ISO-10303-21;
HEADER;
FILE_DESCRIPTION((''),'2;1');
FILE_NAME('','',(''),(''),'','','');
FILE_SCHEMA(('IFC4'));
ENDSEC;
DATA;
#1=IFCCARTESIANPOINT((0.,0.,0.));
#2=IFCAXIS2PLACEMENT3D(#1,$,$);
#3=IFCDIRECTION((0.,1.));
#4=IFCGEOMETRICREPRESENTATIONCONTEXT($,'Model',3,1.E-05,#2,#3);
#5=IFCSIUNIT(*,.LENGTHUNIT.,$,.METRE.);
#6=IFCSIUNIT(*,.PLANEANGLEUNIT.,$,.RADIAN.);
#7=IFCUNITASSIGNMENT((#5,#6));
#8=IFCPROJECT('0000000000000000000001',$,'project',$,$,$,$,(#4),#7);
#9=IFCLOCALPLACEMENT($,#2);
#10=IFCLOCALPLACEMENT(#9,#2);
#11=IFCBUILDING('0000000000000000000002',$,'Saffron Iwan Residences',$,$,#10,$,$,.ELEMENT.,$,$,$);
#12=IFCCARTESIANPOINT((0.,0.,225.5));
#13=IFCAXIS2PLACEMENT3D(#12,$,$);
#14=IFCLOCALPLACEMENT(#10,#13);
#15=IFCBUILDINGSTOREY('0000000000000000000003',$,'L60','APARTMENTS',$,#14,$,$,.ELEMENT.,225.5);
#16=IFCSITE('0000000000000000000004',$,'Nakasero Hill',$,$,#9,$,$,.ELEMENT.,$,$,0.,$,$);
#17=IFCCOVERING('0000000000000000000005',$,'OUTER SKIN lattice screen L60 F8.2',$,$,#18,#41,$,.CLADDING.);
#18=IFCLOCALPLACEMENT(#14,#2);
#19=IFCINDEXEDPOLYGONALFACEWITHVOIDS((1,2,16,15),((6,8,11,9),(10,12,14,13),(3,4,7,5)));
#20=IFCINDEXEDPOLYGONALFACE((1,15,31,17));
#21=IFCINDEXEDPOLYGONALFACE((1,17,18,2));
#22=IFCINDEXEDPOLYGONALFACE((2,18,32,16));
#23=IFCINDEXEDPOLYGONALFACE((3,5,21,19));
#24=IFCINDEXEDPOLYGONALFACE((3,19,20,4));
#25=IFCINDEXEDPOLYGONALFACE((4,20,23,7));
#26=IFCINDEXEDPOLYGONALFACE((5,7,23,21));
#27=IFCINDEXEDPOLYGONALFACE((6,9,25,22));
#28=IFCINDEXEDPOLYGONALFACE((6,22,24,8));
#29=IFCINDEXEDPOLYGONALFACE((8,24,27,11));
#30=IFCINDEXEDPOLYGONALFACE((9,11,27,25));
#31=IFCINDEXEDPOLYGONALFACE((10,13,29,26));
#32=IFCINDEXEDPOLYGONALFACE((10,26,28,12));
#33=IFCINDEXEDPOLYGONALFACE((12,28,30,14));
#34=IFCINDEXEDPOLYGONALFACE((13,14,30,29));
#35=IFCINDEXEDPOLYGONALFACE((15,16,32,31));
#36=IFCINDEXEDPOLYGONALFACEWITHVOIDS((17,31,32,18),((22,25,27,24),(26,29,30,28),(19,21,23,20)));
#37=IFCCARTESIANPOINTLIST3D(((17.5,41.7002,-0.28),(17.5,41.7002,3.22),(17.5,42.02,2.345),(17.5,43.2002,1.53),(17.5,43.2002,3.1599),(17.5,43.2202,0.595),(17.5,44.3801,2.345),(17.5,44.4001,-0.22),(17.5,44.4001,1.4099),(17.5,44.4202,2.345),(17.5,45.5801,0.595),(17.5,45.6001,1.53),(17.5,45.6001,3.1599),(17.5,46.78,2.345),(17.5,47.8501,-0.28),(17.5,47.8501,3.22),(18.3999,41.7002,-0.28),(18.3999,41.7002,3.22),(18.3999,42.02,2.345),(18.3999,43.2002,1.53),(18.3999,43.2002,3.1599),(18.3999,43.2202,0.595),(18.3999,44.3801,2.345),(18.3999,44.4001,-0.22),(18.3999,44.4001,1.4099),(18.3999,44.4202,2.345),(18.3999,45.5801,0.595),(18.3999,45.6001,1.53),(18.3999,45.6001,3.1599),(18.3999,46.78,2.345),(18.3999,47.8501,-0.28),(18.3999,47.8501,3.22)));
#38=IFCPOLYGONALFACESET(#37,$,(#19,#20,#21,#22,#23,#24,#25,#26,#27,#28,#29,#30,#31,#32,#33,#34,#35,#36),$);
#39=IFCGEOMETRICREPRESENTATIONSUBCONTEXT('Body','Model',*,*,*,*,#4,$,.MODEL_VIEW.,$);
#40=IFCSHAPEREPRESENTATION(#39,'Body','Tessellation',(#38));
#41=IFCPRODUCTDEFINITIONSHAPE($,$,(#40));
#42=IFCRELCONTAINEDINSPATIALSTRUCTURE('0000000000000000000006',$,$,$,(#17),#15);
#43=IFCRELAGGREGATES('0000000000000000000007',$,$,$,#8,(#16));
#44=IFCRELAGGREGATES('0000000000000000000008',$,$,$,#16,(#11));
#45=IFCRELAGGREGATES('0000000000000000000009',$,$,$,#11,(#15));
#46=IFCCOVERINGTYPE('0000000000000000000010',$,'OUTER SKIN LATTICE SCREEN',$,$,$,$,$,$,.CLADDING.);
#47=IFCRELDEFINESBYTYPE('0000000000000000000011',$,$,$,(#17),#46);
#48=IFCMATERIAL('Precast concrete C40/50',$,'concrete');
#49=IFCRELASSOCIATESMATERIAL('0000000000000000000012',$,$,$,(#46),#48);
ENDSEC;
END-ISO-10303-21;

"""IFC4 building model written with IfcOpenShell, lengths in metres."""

from ifc_helpers import new_model, si_unit, direction, frame, origin, place, context, subcontext, project, spatial, polyline, outline, extrude, material, type_object, element, save


model = new_model("IFC4")

# Units and contexts
model_context = context("Model", 3, precision=1e-05, world=origin(), true_north=direction((0.0, 1.0)))
body_context = subcontext(model_context, "Body", "Model", "MODEL_VIEW")
ifc_project = project(units=[si_unit("LENGTHUNIT", "METRE"), si_unit("PLANEANGLEUNIT", "RADIAN")], contexts=[model_context])

# Site, building, storey
site_placement = place(None, origin())
site = spatial("IfcSite", under=ifc_project, at=site_placement, Name="Nakasero Hill", CompositionType="ELEMENT", RefElevation=0.0)
building_placement = place(site_placement, origin())
building = spatial("IfcBuilding", under=site, at=building_placement, Name="Saffron Iwan Residences", CompositionType="ELEMENT")
storey_placement = place(building_placement, frame((0.0, 0.0, 225.5)))
storey = spatial("IfcBuildingStorey", under=building, at=storey_placement, Name="L60", Description="APARTMENTS", CompositionType="ELEMENT", Elevation=225.5)

# Covering
ifc_material_1 = material(Name="Precast concrete C40/50", Category="concrete")
covering_type = type_object("IfcCoveringType", Name="OUTER SKIN LATTICE SCREEN", PredefinedType="CLADDING", material=ifc_material_1)
covering_placement = place(storey_placement, frame((18.3999, 47.8501, -0.28), z_axis=(-1.0, 0.0, 0.0), x_axis=(0.0, -1.0, 0.0)))
element("IfcCovering", 1, at=covering_placement, inside=storey, type_object=covering_type, Name="OUTER SKIN lattice screen L60 F8.2", PredefinedType="CLADDING", context=body_context, shape_type="SweptSolid", body=[
    extrude(outline(polyline([(0.0, 0.0), (6.1499, 0.0), (6.1499, 3.5), (0.0, 3.5), (0.0, 0.0)]), holes=[polyline([(2.27, 0.875), (3.45, 0.0601), (4.6299, 0.875), (3.45, 1.6899), (2.27, 0.875)]), polyline([(1.0701, 2.625), (2.25, 1.8101), (3.4299, 2.625), (2.25, 3.4399), (1.0701, 2.625)]), polyline([(3.47, 2.625), (4.6499, 1.8101), (5.8301, 2.625), (4.6499, 3.4399), (3.47, 2.625)])]), origin(), (0.0, 0.0, 1.0), 0.8999),
])

save(model, "model.ifc")
